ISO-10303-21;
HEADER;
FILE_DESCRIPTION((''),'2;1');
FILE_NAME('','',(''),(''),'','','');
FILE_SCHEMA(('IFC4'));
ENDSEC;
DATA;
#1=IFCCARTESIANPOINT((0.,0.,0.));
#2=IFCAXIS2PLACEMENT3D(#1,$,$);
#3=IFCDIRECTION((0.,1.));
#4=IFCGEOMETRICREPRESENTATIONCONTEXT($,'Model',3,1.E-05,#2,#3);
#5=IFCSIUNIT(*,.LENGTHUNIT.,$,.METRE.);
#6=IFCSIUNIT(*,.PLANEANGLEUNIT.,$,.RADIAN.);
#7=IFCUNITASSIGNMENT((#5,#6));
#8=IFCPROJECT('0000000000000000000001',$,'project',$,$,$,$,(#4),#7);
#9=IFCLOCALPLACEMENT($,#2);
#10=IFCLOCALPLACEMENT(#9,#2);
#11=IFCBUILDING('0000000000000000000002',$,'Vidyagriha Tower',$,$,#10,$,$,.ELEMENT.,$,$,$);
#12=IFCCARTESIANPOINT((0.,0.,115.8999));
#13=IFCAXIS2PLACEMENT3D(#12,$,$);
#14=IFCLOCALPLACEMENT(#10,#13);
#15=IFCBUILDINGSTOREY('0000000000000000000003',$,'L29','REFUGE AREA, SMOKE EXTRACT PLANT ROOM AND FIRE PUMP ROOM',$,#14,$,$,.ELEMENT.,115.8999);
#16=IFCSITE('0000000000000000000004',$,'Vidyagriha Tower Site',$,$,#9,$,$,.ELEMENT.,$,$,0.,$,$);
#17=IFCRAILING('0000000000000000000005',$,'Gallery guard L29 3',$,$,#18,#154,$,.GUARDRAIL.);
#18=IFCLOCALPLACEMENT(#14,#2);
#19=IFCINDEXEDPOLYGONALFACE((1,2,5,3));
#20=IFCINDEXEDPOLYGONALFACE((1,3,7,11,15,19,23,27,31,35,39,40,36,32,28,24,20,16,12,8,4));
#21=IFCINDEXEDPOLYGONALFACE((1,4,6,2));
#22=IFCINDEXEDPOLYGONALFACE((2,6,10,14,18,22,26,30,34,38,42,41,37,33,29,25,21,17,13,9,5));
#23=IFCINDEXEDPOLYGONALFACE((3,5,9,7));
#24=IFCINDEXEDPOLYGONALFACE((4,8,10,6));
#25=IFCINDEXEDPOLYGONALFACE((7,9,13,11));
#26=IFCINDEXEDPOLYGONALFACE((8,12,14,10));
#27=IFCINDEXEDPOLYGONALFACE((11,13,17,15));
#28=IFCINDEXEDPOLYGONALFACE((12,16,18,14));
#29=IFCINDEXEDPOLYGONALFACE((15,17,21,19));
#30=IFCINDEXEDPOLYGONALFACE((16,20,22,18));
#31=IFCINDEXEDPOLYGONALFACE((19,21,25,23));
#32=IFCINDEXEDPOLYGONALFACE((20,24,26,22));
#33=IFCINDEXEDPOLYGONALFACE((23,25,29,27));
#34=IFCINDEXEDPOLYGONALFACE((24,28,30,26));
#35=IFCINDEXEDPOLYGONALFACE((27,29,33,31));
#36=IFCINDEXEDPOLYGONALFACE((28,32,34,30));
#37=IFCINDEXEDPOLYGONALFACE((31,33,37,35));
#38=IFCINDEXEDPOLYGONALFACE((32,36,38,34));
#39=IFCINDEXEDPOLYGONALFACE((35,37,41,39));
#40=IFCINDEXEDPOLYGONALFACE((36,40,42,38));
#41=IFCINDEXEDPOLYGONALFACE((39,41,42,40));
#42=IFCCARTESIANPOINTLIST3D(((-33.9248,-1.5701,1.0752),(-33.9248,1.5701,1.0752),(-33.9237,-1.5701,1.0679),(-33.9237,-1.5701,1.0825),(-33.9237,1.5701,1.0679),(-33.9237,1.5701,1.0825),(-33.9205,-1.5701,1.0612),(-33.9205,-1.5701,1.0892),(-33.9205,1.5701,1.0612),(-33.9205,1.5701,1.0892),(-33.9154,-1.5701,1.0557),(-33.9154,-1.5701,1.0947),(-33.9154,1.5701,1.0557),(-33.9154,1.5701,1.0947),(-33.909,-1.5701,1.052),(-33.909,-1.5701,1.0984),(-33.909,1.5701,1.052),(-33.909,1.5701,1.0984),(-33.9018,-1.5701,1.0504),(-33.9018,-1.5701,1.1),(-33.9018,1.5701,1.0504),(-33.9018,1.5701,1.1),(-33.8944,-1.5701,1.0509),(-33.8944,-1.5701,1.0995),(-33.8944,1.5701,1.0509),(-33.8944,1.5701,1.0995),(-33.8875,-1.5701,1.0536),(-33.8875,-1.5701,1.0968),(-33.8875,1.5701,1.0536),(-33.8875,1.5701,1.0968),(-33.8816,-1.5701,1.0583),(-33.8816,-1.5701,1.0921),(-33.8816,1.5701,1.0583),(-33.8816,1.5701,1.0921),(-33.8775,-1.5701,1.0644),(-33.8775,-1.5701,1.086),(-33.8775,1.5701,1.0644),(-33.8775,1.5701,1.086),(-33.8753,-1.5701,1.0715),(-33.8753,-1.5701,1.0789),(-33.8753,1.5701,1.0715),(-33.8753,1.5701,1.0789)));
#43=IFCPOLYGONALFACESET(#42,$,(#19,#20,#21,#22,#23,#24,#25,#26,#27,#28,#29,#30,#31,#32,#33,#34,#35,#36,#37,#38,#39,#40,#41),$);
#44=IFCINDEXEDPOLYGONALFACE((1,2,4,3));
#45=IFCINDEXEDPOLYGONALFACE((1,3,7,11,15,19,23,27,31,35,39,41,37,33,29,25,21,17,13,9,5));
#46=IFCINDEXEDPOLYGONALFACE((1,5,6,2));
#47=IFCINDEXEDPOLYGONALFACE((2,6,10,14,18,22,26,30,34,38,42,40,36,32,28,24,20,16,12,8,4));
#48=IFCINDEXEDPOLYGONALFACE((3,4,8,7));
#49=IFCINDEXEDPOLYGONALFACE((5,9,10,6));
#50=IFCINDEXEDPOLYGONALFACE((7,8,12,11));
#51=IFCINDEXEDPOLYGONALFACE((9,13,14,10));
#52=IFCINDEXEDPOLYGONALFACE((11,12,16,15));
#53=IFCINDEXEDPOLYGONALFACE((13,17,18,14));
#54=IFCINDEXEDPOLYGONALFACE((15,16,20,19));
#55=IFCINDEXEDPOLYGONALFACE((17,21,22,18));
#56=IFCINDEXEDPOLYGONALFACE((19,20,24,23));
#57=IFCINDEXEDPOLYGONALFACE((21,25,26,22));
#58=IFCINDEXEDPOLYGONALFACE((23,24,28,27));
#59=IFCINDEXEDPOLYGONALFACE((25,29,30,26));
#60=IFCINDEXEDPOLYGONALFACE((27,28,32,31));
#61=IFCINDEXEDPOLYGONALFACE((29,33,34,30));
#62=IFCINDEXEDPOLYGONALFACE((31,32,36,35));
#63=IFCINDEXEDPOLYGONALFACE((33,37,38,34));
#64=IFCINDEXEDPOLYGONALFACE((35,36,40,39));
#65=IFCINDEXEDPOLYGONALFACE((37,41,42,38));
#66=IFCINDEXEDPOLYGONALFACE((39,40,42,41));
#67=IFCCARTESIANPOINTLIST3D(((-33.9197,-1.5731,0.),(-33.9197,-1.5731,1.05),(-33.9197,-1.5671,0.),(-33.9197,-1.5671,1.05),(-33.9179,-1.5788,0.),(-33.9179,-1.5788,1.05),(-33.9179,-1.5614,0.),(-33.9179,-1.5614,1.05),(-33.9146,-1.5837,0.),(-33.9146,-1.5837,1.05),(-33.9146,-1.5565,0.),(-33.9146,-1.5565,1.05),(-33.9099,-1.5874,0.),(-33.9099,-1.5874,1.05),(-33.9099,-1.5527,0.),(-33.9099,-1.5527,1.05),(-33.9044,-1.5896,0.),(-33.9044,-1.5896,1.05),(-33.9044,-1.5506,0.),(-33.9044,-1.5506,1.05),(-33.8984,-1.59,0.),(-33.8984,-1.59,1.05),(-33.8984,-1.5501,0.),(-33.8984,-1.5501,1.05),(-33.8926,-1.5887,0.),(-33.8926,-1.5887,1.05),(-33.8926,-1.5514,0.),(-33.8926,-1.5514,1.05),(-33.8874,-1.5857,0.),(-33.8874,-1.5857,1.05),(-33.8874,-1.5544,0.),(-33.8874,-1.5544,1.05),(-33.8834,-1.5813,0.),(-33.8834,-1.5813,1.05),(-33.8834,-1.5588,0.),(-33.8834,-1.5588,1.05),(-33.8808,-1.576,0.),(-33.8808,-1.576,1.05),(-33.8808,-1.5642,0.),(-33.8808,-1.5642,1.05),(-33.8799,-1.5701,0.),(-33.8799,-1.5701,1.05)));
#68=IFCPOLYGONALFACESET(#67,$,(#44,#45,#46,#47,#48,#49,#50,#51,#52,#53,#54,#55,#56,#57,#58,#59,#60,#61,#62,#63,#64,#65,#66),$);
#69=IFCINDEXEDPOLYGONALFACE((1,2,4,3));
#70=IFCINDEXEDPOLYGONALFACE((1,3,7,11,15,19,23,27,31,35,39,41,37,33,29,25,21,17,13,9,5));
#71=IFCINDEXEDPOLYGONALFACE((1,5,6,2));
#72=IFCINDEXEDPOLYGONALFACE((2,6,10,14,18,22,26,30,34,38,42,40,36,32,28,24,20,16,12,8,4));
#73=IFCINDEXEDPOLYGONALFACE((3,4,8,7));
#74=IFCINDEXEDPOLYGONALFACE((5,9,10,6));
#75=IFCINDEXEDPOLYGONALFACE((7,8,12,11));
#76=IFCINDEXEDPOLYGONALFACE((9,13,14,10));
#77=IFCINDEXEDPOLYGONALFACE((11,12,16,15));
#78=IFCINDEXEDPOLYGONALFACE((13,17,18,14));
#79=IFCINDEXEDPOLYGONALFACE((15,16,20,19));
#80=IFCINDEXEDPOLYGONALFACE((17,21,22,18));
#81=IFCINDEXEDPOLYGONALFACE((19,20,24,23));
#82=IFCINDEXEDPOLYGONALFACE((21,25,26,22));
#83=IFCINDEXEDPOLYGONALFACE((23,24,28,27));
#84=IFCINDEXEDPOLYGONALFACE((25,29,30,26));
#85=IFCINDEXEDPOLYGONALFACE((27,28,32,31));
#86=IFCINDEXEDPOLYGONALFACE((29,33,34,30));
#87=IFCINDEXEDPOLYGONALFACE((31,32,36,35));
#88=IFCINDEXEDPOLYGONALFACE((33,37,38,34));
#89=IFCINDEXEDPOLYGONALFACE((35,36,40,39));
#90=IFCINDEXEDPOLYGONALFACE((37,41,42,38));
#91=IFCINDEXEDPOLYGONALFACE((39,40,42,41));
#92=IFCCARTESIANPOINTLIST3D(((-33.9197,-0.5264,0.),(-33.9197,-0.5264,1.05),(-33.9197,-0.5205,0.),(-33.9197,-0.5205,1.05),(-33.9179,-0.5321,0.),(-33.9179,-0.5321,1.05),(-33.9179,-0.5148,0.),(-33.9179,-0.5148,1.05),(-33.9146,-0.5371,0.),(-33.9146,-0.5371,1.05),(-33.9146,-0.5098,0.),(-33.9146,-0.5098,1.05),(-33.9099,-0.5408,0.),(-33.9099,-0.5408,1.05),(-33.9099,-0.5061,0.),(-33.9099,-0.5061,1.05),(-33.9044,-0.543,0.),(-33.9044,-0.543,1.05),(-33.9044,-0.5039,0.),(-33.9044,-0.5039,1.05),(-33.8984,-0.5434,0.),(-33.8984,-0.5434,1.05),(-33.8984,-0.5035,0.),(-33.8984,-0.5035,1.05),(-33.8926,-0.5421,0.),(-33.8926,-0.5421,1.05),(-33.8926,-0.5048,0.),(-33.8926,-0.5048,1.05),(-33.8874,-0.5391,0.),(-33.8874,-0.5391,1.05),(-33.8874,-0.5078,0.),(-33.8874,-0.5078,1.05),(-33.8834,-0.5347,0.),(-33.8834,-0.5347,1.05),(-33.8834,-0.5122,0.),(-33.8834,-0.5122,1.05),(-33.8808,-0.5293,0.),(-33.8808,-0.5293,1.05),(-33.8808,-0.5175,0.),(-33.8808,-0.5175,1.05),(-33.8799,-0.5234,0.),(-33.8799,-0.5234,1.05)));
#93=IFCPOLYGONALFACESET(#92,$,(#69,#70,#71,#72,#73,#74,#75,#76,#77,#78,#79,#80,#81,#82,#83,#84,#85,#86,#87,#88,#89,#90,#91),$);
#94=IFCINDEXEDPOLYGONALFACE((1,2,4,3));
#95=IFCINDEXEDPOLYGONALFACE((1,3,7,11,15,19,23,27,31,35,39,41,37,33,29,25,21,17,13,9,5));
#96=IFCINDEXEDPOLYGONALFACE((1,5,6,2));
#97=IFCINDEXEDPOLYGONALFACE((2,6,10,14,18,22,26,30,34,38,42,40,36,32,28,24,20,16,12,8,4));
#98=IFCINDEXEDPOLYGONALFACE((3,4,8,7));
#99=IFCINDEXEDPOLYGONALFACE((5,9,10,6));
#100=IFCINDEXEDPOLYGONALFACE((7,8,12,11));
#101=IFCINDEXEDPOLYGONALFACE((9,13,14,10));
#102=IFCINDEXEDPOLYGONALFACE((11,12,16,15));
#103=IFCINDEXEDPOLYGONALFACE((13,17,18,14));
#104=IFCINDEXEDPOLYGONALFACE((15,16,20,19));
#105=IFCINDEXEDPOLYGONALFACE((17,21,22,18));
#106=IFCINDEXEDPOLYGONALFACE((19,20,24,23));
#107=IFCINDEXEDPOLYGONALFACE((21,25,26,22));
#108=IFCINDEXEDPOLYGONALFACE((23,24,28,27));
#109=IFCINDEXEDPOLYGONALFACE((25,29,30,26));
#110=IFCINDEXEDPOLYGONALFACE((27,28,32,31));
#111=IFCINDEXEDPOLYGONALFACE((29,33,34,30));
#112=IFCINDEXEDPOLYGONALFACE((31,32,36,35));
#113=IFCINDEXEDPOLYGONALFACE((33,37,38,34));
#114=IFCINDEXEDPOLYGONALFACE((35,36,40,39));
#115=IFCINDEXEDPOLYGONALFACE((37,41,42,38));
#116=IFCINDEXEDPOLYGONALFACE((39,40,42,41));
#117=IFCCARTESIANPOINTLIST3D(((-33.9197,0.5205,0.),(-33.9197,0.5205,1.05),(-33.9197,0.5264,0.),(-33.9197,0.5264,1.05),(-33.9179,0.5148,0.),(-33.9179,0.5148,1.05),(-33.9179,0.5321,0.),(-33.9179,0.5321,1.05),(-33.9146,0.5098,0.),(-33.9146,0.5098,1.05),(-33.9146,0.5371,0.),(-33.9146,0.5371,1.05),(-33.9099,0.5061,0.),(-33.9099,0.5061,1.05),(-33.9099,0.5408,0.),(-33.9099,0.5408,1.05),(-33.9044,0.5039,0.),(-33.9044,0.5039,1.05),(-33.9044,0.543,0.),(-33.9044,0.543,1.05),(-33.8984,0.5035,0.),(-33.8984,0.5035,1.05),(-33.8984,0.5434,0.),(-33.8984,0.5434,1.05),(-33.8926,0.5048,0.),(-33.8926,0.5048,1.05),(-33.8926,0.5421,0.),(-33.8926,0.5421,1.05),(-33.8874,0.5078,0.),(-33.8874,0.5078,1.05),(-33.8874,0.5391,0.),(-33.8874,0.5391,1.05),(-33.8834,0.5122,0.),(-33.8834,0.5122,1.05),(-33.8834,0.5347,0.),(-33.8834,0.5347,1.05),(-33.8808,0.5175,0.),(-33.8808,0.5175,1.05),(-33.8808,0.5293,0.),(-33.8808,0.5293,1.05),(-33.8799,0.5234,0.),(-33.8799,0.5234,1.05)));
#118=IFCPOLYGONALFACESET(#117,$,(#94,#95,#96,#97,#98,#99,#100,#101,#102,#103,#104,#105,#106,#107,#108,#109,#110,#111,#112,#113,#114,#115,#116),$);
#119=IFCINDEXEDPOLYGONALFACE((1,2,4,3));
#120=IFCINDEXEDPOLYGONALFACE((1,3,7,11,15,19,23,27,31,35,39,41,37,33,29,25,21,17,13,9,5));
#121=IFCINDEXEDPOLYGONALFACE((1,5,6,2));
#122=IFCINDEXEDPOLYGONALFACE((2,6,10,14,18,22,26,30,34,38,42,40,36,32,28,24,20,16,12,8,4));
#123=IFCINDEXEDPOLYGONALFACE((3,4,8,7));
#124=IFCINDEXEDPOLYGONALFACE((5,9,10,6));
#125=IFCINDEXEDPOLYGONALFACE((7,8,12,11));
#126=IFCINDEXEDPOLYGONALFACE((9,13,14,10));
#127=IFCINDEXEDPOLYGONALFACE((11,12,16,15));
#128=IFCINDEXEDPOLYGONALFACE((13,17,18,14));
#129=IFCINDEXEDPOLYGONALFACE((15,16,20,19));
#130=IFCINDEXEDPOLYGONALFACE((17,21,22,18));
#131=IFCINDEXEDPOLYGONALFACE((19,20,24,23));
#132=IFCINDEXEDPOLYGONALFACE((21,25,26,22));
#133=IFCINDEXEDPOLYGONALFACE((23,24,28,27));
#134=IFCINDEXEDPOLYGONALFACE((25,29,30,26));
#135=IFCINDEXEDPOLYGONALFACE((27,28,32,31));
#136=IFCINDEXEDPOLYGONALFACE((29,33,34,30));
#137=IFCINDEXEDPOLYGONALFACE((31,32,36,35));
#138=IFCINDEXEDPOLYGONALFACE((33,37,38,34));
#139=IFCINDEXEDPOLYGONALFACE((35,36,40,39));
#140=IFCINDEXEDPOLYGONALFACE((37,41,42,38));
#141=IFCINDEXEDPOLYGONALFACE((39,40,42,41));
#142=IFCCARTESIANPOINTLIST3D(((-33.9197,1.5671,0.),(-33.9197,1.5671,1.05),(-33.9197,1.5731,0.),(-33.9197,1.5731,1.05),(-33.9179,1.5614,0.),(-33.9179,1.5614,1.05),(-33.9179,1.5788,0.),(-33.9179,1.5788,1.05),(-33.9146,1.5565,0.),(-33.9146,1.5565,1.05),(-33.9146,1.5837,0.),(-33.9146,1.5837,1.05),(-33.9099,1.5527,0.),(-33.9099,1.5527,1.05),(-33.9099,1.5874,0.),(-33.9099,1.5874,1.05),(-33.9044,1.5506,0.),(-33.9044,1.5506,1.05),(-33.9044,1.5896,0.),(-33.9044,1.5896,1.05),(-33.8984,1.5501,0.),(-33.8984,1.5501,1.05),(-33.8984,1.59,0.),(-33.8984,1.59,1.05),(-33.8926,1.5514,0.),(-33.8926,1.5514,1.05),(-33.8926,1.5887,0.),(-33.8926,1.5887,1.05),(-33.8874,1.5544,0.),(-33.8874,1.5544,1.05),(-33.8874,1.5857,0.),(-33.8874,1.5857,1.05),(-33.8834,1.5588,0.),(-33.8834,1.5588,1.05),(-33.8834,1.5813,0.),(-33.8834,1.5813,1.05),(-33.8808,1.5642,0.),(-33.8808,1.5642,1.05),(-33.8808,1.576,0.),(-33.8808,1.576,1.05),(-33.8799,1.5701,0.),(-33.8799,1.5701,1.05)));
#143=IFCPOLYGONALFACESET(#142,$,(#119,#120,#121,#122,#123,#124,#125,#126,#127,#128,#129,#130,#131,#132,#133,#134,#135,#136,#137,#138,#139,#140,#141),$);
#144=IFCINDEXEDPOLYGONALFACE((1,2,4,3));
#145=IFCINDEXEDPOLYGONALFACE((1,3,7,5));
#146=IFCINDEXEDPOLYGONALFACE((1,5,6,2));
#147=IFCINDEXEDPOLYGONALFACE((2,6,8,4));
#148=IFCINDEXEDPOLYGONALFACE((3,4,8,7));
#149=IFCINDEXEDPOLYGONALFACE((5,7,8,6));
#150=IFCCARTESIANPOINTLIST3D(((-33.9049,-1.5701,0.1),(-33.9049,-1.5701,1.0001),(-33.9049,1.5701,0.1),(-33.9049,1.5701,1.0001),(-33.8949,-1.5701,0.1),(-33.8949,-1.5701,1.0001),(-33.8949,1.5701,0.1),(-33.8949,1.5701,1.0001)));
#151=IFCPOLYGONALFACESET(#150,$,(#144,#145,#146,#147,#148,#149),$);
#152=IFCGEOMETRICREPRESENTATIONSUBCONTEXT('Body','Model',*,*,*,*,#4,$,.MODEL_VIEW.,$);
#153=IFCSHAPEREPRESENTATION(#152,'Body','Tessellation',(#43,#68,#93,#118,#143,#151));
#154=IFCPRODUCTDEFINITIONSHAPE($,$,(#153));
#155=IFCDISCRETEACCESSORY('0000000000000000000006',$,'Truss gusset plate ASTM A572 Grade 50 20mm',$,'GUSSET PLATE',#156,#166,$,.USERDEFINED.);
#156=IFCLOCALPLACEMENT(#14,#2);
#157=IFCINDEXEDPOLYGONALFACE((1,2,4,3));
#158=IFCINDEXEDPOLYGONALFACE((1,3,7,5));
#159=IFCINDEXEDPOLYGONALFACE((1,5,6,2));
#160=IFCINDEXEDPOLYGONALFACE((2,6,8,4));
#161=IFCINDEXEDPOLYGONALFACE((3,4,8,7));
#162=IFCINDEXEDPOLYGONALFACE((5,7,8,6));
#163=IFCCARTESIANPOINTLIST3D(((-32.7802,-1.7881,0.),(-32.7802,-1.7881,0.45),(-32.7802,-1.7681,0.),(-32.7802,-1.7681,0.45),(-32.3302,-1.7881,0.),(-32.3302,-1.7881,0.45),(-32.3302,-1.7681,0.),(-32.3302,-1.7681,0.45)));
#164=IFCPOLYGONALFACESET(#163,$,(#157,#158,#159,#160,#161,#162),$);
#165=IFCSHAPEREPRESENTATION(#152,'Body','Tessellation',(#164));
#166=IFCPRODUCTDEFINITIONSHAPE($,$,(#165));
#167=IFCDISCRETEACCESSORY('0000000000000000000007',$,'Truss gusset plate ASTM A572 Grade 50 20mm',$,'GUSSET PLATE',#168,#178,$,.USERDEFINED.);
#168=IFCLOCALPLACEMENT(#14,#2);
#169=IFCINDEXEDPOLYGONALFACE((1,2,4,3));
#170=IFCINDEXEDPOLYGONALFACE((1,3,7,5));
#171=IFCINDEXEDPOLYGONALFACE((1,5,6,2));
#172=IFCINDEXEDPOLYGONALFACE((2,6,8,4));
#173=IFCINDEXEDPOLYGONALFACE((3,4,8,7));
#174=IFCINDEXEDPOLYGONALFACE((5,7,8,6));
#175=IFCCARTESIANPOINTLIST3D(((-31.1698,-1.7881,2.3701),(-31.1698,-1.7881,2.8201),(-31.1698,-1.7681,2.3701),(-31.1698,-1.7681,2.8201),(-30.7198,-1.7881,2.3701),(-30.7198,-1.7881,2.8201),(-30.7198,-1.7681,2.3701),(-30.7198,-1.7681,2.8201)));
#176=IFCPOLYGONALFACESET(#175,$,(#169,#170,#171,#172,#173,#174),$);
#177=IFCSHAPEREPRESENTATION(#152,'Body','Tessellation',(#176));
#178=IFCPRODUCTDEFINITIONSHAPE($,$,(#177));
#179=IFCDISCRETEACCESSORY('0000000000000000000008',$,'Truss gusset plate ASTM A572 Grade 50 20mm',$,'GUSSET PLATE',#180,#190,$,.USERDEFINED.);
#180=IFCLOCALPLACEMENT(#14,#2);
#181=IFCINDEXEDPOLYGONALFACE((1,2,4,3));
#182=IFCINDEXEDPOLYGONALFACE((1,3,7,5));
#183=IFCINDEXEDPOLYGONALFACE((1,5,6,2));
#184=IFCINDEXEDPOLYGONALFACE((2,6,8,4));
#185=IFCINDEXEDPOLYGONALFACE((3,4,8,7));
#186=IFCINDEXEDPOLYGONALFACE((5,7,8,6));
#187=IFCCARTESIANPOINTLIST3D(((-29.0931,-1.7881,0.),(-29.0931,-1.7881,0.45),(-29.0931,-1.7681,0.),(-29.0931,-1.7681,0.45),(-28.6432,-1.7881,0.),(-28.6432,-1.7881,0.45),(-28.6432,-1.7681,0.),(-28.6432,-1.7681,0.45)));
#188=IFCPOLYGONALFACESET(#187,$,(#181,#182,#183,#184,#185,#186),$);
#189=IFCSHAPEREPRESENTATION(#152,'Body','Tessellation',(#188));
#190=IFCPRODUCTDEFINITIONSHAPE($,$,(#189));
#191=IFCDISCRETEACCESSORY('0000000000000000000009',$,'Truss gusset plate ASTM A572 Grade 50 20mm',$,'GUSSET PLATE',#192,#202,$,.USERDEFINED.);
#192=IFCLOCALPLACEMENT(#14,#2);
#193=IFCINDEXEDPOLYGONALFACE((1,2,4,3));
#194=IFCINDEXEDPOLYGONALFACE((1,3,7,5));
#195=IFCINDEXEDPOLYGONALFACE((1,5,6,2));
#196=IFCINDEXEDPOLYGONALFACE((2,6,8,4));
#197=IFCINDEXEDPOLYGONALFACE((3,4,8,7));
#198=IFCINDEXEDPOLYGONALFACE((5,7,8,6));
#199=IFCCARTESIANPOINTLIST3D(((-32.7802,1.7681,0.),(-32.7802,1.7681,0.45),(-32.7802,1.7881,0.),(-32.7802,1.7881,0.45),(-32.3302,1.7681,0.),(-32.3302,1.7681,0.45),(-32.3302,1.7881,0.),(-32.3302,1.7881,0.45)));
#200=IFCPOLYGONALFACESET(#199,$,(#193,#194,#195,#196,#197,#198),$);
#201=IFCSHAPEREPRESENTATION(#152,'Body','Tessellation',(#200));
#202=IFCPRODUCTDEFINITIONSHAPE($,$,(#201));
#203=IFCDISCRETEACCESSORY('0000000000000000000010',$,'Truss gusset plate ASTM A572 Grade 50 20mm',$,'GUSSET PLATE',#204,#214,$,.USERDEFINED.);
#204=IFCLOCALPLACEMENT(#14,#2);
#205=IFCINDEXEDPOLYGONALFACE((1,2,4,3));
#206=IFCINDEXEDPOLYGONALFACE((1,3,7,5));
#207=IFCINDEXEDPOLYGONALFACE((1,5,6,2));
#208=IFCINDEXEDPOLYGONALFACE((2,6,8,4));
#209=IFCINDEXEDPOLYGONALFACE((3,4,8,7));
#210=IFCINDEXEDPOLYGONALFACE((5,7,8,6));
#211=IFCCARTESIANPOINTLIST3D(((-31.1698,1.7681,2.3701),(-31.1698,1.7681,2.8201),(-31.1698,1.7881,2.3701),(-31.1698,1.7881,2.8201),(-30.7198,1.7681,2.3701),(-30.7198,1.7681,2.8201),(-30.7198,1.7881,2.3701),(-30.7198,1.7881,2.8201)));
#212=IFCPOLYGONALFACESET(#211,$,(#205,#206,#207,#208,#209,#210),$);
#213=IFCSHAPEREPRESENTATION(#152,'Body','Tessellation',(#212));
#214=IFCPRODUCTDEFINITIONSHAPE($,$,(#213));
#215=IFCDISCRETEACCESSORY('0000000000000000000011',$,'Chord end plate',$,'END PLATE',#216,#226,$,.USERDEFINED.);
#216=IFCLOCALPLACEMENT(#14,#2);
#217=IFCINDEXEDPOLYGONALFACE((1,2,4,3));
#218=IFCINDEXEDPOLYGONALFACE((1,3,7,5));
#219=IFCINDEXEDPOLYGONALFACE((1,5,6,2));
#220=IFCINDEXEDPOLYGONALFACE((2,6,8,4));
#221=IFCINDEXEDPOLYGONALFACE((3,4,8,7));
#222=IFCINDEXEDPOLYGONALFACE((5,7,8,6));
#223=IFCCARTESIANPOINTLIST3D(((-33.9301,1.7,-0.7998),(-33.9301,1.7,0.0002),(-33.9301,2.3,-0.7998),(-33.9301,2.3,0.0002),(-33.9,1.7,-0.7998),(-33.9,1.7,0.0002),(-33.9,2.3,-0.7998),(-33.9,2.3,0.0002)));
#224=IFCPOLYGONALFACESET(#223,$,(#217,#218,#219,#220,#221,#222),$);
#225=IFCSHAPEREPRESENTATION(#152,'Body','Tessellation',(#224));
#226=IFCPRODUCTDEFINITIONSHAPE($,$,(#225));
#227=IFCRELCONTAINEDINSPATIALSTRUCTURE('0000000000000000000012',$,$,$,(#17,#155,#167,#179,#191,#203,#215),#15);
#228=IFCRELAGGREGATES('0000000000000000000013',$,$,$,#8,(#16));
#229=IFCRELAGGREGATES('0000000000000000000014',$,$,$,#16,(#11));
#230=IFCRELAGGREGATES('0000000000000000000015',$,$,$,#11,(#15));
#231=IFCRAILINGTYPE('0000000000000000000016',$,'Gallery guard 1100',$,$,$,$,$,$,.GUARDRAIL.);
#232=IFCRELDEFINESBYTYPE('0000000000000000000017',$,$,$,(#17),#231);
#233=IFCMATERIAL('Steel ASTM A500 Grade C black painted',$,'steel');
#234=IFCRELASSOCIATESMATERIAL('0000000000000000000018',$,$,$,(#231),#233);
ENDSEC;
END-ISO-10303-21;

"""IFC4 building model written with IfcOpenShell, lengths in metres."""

from ifc_helpers import new_model, si_unit, direction, frame, origin, origin_2d, place, context, subcontext, project, spatial, rectangle, circle, extrude, material, type_object, element, save


model = new_model("IFC4")

# Units and contexts
model_context = context("Model", 3, precision=1e-05, world=origin(), true_north=direction((0.0, 1.0)))
body_context = subcontext(model_context, "Body", "Model", "MODEL_VIEW")
ifc_project = project(units=[si_unit("LENGTHUNIT", "METRE"), si_unit("PLANEANGLEUNIT", "RADIAN")], contexts=[model_context])

# Site, building, storey
site_placement = place(None, origin())
site = spatial("IfcSite", under=ifc_project, at=site_placement, Name="Vidyagriha Tower Site", CompositionType="ELEMENT", RefElevation=0.0)
building_placement = place(site_placement, origin())
building = spatial("IfcBuilding", under=site, at=building_placement, Name="Vidyagriha Tower", CompositionType="ELEMENT")
storey_placement = place(building_placement, frame((0.0, 0.0, 115.8999)))
storey = spatial("IfcBuildingStorey", under=building, at=storey_placement, Name="L29", Description="REFUGE AREA, SMOKE EXTRACT PLANT ROOM AND FIRE PUMP ROOM", CompositionType="ELEMENT", Elevation=115.8999)

# Railing
ifc_material_1 = material(Name="Steel ASTM A500 Grade C black painted", Category="steel")
railing_type = type_object("IfcRailingType", Name="Gallery guard 1100", PredefinedType="GUARDRAIL", material=ifc_material_1)
railing_placement = place(storey_placement, frame((-33.8999, -1.5701, 0.0)))
element("IfcRailing", 1, at=railing_placement, inside=storey, type_object=railing_type, Name="Gallery guard L29 3", PredefinedType="GUARDRAIL", context=body_context, shape_type="SweptSolid", body=[
    extrude(circle(Radius=0.0249, at=origin_2d()), frame((0.0, 0.0, 1.0752), z_axis=(0.0, 1.0, 0.0), x_axis=(-1.0, 0.0, 0.0)), (0.0, 0.0, 1.0), 3.1401),
    extrude(circle(Radius=0.02, at=origin_2d()), origin(), (0.0, 0.0, 1.0), 1.05),
    extrude(circle(Radius=0.02, at=origin_2d()), frame((0.0, 1.0466, 0.0)), (0.0, 0.0, 1.0), 1.05),
    extrude(circle(Radius=0.02, at=origin_2d()), frame((0.0, 2.0935, 0.0)), (0.0, 0.0, 1.0), 1.05),
    extrude(circle(Radius=0.02, at=origin_2d()), frame((0.0, 3.1401, 0.0)), (0.0, 0.0, 1.0), 1.05),
    extrude(rectangle(XDim=0.01, YDim=0.9001, at=origin_2d()), frame((0.0, 0.0, 0.55), z_axis=(0.0, 1.0, 0.0), x_axis=(-1.0, 0.0, 0.0)), (0.0, 0.0, 1.0), 3.1401),
])

# Discrete accessories
for number, where, name in (
    (2, (-32.5552, -1.7781, 0.0), "Truss gusset plate ASTM A572 Grade 50 20mm"),
    (3, (-30.9448, -1.7781, 2.3701), "Truss gusset plate ASTM A572 Grade 50 20mm"),
    (4, (-28.8682, -1.7781, 0.0), "Truss gusset plate ASTM A572 Grade 50 20mm"),
    (5, (-32.5552, 1.7781, 0.0), "Truss gusset plate ASTM A572 Grade 50 20mm"),
    (6, (-30.9448, 1.7781, 2.3701), "Truss gusset plate ASTM A572 Grade 50 20mm"),
):
    element("IfcDiscreteAccessory", number, at=place(storey_placement, frame(where)), inside=storey, Name=name, ObjectType="GUSSET PLATE", PredefinedType="USERDEFINED", context=body_context, shape_type="SweptSolid", body=[
        extrude(rectangle(XDim=0.45, YDim=0.02, at=origin_2d()), origin(), (0.0, 0.0, 1.0), 0.45),
    ])
discrete_accessory_1_placement = place(storey_placement, frame((-33.915, 2.0, -0.7998), z_axis=(0.0, 0.0, 1.0), x_axis=(-1.0, 0.0, 0.0)))
element("IfcDiscreteAccessory", 7, at=discrete_accessory_1_placement, inside=storey, Name="Chord end plate", ObjectType="END PLATE", PredefinedType="USERDEFINED", context=body_context, shape_type="SweptSolid", body=[
    extrude(rectangle(XDim=0.03, YDim=0.6001, at=origin_2d()), origin(), (0.0, 0.0, 1.0), 0.8),
])

save(model, "model.ifc")
